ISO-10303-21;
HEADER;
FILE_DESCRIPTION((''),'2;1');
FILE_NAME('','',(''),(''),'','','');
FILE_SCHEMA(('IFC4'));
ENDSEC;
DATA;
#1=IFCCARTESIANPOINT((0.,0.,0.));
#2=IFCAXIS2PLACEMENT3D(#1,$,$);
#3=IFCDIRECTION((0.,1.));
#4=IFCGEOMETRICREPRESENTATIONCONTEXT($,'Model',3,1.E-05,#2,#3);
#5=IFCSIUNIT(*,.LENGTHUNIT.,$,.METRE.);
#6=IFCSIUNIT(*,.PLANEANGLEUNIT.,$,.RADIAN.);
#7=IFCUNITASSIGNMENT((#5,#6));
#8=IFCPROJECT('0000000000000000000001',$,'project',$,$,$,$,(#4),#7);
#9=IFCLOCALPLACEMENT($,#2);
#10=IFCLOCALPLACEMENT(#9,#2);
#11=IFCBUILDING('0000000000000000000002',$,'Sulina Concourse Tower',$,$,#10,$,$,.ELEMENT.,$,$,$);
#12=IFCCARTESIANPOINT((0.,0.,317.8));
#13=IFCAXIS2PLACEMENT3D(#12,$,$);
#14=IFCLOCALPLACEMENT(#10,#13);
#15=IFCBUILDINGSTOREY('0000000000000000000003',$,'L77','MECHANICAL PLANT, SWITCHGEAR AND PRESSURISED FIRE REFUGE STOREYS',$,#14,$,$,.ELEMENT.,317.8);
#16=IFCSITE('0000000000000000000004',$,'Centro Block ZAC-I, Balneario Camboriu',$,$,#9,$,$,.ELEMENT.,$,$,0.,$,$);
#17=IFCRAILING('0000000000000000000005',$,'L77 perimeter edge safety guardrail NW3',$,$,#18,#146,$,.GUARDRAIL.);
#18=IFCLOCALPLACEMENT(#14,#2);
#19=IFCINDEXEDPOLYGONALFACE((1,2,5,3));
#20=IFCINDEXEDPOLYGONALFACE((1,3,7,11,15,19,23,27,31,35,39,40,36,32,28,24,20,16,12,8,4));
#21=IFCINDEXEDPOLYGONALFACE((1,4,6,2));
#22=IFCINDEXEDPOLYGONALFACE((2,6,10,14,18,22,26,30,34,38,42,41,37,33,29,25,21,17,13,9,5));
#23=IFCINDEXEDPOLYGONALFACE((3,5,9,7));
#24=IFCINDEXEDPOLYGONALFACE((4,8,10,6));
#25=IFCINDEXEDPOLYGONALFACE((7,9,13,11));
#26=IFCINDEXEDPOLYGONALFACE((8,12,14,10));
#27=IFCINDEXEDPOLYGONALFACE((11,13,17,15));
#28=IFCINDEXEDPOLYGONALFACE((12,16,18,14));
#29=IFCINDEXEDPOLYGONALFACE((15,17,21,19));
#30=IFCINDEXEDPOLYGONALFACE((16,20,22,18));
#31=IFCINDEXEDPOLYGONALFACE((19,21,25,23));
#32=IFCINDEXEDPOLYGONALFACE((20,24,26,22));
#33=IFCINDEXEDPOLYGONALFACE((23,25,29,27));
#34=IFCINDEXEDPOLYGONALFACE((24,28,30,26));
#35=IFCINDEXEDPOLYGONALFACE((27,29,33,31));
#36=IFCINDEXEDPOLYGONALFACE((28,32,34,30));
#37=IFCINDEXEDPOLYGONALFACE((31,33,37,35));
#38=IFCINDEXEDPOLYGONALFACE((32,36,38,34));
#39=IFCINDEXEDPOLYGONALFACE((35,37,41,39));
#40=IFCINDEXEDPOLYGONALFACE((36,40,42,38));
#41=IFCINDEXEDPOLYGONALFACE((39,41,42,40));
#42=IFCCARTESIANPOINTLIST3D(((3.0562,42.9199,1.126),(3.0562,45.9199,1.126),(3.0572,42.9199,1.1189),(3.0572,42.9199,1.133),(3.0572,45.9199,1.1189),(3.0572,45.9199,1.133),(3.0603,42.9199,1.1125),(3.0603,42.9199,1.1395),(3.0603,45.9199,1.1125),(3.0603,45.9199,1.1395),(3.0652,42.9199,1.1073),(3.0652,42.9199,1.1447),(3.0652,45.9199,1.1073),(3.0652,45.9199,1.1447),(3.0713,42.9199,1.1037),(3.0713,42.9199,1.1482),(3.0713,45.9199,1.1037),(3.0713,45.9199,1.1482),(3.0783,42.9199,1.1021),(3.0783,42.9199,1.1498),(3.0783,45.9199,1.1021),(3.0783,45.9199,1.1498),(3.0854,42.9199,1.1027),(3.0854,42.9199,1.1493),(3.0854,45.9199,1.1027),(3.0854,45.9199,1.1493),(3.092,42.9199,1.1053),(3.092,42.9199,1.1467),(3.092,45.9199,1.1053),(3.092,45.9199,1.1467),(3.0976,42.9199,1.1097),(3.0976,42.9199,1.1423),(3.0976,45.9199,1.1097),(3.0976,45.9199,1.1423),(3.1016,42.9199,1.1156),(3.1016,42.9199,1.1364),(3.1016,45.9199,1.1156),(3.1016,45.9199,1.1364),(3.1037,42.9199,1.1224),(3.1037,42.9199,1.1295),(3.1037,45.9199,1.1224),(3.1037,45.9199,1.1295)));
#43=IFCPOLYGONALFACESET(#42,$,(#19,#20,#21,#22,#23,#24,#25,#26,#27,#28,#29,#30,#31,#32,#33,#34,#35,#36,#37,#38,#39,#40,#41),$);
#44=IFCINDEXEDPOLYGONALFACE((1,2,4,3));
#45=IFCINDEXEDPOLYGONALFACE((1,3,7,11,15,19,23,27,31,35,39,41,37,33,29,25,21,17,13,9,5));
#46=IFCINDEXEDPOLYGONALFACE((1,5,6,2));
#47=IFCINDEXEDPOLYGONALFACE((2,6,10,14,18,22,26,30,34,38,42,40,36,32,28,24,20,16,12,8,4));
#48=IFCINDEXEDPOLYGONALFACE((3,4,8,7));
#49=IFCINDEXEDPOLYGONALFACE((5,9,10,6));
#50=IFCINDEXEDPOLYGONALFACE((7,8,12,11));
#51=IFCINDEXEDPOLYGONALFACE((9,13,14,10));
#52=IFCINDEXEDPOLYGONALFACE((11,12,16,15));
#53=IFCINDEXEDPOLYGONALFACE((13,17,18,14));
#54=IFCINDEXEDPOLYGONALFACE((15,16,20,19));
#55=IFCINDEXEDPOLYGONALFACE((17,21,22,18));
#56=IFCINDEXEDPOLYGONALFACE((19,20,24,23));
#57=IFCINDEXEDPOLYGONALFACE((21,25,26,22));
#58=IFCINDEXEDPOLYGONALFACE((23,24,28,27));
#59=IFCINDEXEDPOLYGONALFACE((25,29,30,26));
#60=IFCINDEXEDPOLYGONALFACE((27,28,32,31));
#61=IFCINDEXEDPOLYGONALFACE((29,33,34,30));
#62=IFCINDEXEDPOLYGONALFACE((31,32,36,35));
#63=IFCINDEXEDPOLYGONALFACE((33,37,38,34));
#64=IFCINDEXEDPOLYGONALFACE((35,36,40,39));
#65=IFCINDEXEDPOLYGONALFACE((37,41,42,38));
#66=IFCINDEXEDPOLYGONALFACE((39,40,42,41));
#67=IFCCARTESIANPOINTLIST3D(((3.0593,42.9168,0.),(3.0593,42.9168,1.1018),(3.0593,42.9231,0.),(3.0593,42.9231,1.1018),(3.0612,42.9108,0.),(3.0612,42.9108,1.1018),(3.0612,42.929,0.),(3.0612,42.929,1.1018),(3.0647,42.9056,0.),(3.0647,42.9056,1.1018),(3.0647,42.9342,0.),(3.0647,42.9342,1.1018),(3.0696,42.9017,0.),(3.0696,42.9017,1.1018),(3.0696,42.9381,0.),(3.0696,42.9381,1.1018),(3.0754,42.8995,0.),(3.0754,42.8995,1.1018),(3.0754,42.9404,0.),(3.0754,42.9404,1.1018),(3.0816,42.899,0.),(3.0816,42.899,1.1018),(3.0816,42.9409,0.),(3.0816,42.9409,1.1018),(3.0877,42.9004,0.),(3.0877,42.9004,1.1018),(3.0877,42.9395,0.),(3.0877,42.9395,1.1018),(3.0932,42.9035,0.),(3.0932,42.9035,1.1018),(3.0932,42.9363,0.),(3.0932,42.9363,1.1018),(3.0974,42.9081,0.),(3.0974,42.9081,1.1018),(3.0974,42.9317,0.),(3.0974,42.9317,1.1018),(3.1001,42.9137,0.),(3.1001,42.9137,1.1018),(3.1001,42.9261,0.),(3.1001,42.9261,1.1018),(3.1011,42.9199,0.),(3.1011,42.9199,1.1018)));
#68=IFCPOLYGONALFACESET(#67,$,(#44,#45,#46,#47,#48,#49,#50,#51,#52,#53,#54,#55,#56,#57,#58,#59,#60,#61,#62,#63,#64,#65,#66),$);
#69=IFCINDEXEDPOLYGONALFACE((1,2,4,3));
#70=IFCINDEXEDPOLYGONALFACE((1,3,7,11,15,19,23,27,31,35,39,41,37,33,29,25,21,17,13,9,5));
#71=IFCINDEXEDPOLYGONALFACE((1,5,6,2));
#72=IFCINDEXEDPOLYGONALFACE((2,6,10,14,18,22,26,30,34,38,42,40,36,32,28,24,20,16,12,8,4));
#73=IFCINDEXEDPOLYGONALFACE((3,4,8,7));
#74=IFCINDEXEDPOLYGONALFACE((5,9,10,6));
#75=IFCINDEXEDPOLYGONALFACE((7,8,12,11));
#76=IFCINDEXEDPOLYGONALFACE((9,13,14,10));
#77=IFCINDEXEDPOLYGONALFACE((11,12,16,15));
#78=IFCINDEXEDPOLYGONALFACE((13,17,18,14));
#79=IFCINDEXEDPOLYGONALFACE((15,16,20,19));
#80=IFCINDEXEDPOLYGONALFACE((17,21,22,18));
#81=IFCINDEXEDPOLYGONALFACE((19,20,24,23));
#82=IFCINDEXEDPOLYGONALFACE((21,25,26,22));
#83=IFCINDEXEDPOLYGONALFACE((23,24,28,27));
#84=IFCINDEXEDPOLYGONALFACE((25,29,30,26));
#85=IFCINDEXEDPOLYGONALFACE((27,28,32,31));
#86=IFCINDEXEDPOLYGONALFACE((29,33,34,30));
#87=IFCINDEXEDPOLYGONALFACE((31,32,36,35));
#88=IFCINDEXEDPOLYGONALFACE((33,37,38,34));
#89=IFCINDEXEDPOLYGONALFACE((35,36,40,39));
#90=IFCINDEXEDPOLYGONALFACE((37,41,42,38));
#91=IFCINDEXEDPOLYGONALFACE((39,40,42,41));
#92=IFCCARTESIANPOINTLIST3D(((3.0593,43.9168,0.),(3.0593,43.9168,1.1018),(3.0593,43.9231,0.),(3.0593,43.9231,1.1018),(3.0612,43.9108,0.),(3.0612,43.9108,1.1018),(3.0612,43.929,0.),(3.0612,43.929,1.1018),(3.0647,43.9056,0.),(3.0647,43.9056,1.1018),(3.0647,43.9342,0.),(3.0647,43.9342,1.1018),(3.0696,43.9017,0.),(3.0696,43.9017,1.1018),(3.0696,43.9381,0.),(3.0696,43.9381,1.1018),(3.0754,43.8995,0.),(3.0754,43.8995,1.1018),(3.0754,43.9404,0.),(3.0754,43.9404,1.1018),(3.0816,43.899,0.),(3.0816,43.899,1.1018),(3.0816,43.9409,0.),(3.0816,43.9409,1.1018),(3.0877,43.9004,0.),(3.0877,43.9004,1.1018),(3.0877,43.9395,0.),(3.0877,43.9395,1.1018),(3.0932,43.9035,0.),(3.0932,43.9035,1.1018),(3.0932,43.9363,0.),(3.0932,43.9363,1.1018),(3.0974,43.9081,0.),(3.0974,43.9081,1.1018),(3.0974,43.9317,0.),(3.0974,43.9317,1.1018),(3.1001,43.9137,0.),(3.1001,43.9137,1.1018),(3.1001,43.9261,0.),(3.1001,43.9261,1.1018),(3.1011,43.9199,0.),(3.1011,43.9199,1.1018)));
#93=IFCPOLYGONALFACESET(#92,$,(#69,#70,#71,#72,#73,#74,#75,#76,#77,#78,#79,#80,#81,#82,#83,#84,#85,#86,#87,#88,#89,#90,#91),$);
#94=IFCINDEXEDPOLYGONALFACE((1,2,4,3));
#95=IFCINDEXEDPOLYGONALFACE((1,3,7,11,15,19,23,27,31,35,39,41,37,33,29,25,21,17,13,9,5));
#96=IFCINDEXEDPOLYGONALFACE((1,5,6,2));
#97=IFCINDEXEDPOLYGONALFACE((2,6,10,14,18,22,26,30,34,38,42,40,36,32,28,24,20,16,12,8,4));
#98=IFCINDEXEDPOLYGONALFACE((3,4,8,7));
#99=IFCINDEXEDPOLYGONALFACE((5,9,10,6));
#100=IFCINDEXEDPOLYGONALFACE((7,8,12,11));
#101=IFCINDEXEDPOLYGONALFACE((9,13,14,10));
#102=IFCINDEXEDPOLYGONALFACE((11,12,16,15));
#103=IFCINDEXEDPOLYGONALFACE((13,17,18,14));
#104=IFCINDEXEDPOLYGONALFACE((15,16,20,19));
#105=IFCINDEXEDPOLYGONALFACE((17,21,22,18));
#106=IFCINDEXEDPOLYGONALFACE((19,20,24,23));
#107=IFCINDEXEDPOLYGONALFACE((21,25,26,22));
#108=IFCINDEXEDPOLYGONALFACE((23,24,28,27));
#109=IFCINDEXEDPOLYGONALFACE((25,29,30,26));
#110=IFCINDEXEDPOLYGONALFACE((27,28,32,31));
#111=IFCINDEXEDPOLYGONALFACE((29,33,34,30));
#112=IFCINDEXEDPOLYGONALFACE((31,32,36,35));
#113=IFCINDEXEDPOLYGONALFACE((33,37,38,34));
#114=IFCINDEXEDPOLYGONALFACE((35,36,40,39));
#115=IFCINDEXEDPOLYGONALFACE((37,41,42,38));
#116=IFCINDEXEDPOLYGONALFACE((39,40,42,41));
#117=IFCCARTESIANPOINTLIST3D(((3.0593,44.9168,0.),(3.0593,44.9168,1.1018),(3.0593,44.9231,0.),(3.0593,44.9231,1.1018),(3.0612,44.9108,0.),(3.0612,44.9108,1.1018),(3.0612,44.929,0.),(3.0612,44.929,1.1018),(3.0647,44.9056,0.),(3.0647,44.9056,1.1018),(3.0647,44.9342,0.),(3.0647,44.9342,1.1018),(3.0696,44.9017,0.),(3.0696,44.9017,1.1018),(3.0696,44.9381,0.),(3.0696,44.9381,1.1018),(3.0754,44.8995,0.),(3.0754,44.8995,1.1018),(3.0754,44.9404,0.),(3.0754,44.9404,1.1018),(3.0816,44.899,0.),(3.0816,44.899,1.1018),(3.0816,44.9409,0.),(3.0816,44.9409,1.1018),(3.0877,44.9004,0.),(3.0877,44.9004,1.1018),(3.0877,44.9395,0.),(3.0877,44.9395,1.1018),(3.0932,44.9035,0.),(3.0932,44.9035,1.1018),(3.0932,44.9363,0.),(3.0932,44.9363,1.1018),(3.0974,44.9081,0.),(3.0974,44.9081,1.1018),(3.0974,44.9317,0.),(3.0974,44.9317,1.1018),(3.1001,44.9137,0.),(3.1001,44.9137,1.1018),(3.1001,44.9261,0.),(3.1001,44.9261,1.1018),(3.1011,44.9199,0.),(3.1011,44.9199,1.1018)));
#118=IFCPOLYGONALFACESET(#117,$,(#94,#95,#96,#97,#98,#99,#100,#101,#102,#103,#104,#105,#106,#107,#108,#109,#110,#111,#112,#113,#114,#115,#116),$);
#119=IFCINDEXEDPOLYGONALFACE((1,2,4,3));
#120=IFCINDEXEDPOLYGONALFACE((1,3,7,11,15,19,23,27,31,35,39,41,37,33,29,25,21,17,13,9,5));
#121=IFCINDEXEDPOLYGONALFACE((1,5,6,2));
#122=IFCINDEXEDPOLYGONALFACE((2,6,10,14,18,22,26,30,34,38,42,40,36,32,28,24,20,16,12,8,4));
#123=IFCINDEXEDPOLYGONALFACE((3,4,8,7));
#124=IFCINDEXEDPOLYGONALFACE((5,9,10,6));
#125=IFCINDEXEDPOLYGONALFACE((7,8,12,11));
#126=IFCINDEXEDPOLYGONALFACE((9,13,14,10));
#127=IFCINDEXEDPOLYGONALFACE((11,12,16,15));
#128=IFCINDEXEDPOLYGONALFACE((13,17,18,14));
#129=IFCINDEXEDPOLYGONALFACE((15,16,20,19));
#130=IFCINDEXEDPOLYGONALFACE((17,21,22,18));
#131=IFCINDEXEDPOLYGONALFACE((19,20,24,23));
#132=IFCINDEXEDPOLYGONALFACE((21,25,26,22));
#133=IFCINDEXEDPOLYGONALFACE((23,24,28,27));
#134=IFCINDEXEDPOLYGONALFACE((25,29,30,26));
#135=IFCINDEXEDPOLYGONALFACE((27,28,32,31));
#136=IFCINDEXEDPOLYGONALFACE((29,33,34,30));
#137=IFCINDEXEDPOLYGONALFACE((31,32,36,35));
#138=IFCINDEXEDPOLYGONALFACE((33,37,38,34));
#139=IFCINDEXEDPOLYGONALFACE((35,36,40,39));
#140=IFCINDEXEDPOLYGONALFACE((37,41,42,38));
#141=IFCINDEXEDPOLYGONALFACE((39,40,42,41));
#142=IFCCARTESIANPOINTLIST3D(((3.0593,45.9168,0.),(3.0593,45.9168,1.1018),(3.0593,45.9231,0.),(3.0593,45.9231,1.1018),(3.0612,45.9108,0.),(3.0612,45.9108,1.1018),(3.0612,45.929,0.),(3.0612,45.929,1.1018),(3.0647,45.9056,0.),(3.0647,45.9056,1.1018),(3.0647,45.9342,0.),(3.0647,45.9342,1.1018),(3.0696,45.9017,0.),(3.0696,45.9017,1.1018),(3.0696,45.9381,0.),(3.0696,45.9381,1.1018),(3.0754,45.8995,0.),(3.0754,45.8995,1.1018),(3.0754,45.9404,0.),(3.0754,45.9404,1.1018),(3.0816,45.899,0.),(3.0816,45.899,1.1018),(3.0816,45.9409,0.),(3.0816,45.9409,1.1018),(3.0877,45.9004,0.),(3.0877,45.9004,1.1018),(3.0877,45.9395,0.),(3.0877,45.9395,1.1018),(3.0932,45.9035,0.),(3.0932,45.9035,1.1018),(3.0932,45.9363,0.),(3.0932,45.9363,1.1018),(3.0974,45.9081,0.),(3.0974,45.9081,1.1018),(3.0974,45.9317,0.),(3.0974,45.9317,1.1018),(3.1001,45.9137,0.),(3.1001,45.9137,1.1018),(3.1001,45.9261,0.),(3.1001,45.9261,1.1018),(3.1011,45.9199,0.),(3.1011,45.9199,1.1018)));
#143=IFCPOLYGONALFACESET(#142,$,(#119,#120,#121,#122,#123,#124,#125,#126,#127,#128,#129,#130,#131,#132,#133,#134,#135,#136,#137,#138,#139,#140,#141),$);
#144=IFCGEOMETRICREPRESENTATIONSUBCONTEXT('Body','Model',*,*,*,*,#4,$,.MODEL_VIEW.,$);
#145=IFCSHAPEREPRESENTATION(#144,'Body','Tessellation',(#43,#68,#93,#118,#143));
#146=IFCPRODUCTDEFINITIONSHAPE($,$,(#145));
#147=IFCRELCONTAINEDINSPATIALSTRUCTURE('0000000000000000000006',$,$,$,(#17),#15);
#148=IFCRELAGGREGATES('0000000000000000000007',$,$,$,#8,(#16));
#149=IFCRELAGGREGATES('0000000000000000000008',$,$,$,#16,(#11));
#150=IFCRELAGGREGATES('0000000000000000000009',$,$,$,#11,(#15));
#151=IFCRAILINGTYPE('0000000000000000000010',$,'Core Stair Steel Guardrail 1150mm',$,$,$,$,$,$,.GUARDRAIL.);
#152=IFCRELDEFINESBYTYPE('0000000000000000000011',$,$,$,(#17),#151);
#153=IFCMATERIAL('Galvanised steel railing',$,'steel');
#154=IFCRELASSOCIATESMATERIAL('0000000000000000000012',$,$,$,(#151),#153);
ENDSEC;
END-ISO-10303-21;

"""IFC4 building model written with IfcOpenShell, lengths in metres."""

from ifc_helpers import new_model, si_unit, direction, frame, origin, origin_2d, place, context, subcontext, project, spatial, circle, extrude, material, type_object, element, save


model = new_model("IFC4")

# Units and contexts
model_context = context("Model", 3, precision=1e-05, world=origin(), true_north=direction((0.0, 1.0)))
body_context = subcontext(model_context, "Body", "Model", "MODEL_VIEW")
ifc_project = project(units=[si_unit("LENGTHUNIT", "METRE"), si_unit("PLANEANGLEUNIT", "RADIAN")], contexts=[model_context])

# Site, building, storey
site_placement = place(None, origin())
site = spatial("IfcSite", under=ifc_project, at=site_placement, Name="Centro Block ZAC-I, Balneario Camboriu", CompositionType="ELEMENT", RefElevation=0.0)
building_placement = place(site_placement, origin())
building = spatial("IfcBuilding", under=site, at=building_placement, Name="Sulina Concourse Tower", CompositionType="ELEMENT")
storey_placement = place(building_placement, frame((0.0, 0.0, 317.8)))
storey = spatial("IfcBuildingStorey", under=building, at=storey_placement, Name="L77", Description="MECHANICAL PLANT, SWITCHGEAR AND PRESSURISED FIRE REFUGE STOREYS", CompositionType="ELEMENT", Elevation=317.8)

# Railing
ifc_material_1 = material(Name="Galvanised steel railing", Category="steel")
railing_type = type_object("IfcRailingType", Name="Core Stair Steel Guardrail 1150mm", PredefinedType="GUARDRAIL", material=ifc_material_1)
railing_1_placement = place(storey_placement, frame((3.0801, 42.9199, 0.0)))
element("IfcRailing", 1, at=railing_1_placement, inside=storey, type_object=railing_type, Name="L77 perimeter edge safety guardrail NW3", PredefinedType="GUARDRAIL", context=body_context, shape_type="SweptSolid", body=[
    extrude(circle(Radius=0.0239, at=origin_2d()), frame((0.0, 0.0, 1.126), z_axis=(0.0, 1.0, 0.0), x_axis=(-1.0, 0.0, 0.0)), (0.0, 0.0, 1.0), 3.0),
    extrude(circle(Radius=0.021, at=origin_2d()), origin(), (0.0, 0.0, 1.0), 1.1018),
    extrude(circle(Radius=0.021, at=origin_2d()), frame((0.0, 1.0, 0.0)), (0.0, 0.0, 1.0), 1.1018),
    extrude(circle(Radius=0.021, at=origin_2d()), frame((0.0, 2.0, 0.0)), (0.0, 0.0, 1.0), 1.1018),
    extrude(circle(Radius=0.021, at=origin_2d()), frame((0.0, 3.0, 0.0)), (0.0, 0.0, 1.0), 1.1018),
])

save(model, "model.ifc")
